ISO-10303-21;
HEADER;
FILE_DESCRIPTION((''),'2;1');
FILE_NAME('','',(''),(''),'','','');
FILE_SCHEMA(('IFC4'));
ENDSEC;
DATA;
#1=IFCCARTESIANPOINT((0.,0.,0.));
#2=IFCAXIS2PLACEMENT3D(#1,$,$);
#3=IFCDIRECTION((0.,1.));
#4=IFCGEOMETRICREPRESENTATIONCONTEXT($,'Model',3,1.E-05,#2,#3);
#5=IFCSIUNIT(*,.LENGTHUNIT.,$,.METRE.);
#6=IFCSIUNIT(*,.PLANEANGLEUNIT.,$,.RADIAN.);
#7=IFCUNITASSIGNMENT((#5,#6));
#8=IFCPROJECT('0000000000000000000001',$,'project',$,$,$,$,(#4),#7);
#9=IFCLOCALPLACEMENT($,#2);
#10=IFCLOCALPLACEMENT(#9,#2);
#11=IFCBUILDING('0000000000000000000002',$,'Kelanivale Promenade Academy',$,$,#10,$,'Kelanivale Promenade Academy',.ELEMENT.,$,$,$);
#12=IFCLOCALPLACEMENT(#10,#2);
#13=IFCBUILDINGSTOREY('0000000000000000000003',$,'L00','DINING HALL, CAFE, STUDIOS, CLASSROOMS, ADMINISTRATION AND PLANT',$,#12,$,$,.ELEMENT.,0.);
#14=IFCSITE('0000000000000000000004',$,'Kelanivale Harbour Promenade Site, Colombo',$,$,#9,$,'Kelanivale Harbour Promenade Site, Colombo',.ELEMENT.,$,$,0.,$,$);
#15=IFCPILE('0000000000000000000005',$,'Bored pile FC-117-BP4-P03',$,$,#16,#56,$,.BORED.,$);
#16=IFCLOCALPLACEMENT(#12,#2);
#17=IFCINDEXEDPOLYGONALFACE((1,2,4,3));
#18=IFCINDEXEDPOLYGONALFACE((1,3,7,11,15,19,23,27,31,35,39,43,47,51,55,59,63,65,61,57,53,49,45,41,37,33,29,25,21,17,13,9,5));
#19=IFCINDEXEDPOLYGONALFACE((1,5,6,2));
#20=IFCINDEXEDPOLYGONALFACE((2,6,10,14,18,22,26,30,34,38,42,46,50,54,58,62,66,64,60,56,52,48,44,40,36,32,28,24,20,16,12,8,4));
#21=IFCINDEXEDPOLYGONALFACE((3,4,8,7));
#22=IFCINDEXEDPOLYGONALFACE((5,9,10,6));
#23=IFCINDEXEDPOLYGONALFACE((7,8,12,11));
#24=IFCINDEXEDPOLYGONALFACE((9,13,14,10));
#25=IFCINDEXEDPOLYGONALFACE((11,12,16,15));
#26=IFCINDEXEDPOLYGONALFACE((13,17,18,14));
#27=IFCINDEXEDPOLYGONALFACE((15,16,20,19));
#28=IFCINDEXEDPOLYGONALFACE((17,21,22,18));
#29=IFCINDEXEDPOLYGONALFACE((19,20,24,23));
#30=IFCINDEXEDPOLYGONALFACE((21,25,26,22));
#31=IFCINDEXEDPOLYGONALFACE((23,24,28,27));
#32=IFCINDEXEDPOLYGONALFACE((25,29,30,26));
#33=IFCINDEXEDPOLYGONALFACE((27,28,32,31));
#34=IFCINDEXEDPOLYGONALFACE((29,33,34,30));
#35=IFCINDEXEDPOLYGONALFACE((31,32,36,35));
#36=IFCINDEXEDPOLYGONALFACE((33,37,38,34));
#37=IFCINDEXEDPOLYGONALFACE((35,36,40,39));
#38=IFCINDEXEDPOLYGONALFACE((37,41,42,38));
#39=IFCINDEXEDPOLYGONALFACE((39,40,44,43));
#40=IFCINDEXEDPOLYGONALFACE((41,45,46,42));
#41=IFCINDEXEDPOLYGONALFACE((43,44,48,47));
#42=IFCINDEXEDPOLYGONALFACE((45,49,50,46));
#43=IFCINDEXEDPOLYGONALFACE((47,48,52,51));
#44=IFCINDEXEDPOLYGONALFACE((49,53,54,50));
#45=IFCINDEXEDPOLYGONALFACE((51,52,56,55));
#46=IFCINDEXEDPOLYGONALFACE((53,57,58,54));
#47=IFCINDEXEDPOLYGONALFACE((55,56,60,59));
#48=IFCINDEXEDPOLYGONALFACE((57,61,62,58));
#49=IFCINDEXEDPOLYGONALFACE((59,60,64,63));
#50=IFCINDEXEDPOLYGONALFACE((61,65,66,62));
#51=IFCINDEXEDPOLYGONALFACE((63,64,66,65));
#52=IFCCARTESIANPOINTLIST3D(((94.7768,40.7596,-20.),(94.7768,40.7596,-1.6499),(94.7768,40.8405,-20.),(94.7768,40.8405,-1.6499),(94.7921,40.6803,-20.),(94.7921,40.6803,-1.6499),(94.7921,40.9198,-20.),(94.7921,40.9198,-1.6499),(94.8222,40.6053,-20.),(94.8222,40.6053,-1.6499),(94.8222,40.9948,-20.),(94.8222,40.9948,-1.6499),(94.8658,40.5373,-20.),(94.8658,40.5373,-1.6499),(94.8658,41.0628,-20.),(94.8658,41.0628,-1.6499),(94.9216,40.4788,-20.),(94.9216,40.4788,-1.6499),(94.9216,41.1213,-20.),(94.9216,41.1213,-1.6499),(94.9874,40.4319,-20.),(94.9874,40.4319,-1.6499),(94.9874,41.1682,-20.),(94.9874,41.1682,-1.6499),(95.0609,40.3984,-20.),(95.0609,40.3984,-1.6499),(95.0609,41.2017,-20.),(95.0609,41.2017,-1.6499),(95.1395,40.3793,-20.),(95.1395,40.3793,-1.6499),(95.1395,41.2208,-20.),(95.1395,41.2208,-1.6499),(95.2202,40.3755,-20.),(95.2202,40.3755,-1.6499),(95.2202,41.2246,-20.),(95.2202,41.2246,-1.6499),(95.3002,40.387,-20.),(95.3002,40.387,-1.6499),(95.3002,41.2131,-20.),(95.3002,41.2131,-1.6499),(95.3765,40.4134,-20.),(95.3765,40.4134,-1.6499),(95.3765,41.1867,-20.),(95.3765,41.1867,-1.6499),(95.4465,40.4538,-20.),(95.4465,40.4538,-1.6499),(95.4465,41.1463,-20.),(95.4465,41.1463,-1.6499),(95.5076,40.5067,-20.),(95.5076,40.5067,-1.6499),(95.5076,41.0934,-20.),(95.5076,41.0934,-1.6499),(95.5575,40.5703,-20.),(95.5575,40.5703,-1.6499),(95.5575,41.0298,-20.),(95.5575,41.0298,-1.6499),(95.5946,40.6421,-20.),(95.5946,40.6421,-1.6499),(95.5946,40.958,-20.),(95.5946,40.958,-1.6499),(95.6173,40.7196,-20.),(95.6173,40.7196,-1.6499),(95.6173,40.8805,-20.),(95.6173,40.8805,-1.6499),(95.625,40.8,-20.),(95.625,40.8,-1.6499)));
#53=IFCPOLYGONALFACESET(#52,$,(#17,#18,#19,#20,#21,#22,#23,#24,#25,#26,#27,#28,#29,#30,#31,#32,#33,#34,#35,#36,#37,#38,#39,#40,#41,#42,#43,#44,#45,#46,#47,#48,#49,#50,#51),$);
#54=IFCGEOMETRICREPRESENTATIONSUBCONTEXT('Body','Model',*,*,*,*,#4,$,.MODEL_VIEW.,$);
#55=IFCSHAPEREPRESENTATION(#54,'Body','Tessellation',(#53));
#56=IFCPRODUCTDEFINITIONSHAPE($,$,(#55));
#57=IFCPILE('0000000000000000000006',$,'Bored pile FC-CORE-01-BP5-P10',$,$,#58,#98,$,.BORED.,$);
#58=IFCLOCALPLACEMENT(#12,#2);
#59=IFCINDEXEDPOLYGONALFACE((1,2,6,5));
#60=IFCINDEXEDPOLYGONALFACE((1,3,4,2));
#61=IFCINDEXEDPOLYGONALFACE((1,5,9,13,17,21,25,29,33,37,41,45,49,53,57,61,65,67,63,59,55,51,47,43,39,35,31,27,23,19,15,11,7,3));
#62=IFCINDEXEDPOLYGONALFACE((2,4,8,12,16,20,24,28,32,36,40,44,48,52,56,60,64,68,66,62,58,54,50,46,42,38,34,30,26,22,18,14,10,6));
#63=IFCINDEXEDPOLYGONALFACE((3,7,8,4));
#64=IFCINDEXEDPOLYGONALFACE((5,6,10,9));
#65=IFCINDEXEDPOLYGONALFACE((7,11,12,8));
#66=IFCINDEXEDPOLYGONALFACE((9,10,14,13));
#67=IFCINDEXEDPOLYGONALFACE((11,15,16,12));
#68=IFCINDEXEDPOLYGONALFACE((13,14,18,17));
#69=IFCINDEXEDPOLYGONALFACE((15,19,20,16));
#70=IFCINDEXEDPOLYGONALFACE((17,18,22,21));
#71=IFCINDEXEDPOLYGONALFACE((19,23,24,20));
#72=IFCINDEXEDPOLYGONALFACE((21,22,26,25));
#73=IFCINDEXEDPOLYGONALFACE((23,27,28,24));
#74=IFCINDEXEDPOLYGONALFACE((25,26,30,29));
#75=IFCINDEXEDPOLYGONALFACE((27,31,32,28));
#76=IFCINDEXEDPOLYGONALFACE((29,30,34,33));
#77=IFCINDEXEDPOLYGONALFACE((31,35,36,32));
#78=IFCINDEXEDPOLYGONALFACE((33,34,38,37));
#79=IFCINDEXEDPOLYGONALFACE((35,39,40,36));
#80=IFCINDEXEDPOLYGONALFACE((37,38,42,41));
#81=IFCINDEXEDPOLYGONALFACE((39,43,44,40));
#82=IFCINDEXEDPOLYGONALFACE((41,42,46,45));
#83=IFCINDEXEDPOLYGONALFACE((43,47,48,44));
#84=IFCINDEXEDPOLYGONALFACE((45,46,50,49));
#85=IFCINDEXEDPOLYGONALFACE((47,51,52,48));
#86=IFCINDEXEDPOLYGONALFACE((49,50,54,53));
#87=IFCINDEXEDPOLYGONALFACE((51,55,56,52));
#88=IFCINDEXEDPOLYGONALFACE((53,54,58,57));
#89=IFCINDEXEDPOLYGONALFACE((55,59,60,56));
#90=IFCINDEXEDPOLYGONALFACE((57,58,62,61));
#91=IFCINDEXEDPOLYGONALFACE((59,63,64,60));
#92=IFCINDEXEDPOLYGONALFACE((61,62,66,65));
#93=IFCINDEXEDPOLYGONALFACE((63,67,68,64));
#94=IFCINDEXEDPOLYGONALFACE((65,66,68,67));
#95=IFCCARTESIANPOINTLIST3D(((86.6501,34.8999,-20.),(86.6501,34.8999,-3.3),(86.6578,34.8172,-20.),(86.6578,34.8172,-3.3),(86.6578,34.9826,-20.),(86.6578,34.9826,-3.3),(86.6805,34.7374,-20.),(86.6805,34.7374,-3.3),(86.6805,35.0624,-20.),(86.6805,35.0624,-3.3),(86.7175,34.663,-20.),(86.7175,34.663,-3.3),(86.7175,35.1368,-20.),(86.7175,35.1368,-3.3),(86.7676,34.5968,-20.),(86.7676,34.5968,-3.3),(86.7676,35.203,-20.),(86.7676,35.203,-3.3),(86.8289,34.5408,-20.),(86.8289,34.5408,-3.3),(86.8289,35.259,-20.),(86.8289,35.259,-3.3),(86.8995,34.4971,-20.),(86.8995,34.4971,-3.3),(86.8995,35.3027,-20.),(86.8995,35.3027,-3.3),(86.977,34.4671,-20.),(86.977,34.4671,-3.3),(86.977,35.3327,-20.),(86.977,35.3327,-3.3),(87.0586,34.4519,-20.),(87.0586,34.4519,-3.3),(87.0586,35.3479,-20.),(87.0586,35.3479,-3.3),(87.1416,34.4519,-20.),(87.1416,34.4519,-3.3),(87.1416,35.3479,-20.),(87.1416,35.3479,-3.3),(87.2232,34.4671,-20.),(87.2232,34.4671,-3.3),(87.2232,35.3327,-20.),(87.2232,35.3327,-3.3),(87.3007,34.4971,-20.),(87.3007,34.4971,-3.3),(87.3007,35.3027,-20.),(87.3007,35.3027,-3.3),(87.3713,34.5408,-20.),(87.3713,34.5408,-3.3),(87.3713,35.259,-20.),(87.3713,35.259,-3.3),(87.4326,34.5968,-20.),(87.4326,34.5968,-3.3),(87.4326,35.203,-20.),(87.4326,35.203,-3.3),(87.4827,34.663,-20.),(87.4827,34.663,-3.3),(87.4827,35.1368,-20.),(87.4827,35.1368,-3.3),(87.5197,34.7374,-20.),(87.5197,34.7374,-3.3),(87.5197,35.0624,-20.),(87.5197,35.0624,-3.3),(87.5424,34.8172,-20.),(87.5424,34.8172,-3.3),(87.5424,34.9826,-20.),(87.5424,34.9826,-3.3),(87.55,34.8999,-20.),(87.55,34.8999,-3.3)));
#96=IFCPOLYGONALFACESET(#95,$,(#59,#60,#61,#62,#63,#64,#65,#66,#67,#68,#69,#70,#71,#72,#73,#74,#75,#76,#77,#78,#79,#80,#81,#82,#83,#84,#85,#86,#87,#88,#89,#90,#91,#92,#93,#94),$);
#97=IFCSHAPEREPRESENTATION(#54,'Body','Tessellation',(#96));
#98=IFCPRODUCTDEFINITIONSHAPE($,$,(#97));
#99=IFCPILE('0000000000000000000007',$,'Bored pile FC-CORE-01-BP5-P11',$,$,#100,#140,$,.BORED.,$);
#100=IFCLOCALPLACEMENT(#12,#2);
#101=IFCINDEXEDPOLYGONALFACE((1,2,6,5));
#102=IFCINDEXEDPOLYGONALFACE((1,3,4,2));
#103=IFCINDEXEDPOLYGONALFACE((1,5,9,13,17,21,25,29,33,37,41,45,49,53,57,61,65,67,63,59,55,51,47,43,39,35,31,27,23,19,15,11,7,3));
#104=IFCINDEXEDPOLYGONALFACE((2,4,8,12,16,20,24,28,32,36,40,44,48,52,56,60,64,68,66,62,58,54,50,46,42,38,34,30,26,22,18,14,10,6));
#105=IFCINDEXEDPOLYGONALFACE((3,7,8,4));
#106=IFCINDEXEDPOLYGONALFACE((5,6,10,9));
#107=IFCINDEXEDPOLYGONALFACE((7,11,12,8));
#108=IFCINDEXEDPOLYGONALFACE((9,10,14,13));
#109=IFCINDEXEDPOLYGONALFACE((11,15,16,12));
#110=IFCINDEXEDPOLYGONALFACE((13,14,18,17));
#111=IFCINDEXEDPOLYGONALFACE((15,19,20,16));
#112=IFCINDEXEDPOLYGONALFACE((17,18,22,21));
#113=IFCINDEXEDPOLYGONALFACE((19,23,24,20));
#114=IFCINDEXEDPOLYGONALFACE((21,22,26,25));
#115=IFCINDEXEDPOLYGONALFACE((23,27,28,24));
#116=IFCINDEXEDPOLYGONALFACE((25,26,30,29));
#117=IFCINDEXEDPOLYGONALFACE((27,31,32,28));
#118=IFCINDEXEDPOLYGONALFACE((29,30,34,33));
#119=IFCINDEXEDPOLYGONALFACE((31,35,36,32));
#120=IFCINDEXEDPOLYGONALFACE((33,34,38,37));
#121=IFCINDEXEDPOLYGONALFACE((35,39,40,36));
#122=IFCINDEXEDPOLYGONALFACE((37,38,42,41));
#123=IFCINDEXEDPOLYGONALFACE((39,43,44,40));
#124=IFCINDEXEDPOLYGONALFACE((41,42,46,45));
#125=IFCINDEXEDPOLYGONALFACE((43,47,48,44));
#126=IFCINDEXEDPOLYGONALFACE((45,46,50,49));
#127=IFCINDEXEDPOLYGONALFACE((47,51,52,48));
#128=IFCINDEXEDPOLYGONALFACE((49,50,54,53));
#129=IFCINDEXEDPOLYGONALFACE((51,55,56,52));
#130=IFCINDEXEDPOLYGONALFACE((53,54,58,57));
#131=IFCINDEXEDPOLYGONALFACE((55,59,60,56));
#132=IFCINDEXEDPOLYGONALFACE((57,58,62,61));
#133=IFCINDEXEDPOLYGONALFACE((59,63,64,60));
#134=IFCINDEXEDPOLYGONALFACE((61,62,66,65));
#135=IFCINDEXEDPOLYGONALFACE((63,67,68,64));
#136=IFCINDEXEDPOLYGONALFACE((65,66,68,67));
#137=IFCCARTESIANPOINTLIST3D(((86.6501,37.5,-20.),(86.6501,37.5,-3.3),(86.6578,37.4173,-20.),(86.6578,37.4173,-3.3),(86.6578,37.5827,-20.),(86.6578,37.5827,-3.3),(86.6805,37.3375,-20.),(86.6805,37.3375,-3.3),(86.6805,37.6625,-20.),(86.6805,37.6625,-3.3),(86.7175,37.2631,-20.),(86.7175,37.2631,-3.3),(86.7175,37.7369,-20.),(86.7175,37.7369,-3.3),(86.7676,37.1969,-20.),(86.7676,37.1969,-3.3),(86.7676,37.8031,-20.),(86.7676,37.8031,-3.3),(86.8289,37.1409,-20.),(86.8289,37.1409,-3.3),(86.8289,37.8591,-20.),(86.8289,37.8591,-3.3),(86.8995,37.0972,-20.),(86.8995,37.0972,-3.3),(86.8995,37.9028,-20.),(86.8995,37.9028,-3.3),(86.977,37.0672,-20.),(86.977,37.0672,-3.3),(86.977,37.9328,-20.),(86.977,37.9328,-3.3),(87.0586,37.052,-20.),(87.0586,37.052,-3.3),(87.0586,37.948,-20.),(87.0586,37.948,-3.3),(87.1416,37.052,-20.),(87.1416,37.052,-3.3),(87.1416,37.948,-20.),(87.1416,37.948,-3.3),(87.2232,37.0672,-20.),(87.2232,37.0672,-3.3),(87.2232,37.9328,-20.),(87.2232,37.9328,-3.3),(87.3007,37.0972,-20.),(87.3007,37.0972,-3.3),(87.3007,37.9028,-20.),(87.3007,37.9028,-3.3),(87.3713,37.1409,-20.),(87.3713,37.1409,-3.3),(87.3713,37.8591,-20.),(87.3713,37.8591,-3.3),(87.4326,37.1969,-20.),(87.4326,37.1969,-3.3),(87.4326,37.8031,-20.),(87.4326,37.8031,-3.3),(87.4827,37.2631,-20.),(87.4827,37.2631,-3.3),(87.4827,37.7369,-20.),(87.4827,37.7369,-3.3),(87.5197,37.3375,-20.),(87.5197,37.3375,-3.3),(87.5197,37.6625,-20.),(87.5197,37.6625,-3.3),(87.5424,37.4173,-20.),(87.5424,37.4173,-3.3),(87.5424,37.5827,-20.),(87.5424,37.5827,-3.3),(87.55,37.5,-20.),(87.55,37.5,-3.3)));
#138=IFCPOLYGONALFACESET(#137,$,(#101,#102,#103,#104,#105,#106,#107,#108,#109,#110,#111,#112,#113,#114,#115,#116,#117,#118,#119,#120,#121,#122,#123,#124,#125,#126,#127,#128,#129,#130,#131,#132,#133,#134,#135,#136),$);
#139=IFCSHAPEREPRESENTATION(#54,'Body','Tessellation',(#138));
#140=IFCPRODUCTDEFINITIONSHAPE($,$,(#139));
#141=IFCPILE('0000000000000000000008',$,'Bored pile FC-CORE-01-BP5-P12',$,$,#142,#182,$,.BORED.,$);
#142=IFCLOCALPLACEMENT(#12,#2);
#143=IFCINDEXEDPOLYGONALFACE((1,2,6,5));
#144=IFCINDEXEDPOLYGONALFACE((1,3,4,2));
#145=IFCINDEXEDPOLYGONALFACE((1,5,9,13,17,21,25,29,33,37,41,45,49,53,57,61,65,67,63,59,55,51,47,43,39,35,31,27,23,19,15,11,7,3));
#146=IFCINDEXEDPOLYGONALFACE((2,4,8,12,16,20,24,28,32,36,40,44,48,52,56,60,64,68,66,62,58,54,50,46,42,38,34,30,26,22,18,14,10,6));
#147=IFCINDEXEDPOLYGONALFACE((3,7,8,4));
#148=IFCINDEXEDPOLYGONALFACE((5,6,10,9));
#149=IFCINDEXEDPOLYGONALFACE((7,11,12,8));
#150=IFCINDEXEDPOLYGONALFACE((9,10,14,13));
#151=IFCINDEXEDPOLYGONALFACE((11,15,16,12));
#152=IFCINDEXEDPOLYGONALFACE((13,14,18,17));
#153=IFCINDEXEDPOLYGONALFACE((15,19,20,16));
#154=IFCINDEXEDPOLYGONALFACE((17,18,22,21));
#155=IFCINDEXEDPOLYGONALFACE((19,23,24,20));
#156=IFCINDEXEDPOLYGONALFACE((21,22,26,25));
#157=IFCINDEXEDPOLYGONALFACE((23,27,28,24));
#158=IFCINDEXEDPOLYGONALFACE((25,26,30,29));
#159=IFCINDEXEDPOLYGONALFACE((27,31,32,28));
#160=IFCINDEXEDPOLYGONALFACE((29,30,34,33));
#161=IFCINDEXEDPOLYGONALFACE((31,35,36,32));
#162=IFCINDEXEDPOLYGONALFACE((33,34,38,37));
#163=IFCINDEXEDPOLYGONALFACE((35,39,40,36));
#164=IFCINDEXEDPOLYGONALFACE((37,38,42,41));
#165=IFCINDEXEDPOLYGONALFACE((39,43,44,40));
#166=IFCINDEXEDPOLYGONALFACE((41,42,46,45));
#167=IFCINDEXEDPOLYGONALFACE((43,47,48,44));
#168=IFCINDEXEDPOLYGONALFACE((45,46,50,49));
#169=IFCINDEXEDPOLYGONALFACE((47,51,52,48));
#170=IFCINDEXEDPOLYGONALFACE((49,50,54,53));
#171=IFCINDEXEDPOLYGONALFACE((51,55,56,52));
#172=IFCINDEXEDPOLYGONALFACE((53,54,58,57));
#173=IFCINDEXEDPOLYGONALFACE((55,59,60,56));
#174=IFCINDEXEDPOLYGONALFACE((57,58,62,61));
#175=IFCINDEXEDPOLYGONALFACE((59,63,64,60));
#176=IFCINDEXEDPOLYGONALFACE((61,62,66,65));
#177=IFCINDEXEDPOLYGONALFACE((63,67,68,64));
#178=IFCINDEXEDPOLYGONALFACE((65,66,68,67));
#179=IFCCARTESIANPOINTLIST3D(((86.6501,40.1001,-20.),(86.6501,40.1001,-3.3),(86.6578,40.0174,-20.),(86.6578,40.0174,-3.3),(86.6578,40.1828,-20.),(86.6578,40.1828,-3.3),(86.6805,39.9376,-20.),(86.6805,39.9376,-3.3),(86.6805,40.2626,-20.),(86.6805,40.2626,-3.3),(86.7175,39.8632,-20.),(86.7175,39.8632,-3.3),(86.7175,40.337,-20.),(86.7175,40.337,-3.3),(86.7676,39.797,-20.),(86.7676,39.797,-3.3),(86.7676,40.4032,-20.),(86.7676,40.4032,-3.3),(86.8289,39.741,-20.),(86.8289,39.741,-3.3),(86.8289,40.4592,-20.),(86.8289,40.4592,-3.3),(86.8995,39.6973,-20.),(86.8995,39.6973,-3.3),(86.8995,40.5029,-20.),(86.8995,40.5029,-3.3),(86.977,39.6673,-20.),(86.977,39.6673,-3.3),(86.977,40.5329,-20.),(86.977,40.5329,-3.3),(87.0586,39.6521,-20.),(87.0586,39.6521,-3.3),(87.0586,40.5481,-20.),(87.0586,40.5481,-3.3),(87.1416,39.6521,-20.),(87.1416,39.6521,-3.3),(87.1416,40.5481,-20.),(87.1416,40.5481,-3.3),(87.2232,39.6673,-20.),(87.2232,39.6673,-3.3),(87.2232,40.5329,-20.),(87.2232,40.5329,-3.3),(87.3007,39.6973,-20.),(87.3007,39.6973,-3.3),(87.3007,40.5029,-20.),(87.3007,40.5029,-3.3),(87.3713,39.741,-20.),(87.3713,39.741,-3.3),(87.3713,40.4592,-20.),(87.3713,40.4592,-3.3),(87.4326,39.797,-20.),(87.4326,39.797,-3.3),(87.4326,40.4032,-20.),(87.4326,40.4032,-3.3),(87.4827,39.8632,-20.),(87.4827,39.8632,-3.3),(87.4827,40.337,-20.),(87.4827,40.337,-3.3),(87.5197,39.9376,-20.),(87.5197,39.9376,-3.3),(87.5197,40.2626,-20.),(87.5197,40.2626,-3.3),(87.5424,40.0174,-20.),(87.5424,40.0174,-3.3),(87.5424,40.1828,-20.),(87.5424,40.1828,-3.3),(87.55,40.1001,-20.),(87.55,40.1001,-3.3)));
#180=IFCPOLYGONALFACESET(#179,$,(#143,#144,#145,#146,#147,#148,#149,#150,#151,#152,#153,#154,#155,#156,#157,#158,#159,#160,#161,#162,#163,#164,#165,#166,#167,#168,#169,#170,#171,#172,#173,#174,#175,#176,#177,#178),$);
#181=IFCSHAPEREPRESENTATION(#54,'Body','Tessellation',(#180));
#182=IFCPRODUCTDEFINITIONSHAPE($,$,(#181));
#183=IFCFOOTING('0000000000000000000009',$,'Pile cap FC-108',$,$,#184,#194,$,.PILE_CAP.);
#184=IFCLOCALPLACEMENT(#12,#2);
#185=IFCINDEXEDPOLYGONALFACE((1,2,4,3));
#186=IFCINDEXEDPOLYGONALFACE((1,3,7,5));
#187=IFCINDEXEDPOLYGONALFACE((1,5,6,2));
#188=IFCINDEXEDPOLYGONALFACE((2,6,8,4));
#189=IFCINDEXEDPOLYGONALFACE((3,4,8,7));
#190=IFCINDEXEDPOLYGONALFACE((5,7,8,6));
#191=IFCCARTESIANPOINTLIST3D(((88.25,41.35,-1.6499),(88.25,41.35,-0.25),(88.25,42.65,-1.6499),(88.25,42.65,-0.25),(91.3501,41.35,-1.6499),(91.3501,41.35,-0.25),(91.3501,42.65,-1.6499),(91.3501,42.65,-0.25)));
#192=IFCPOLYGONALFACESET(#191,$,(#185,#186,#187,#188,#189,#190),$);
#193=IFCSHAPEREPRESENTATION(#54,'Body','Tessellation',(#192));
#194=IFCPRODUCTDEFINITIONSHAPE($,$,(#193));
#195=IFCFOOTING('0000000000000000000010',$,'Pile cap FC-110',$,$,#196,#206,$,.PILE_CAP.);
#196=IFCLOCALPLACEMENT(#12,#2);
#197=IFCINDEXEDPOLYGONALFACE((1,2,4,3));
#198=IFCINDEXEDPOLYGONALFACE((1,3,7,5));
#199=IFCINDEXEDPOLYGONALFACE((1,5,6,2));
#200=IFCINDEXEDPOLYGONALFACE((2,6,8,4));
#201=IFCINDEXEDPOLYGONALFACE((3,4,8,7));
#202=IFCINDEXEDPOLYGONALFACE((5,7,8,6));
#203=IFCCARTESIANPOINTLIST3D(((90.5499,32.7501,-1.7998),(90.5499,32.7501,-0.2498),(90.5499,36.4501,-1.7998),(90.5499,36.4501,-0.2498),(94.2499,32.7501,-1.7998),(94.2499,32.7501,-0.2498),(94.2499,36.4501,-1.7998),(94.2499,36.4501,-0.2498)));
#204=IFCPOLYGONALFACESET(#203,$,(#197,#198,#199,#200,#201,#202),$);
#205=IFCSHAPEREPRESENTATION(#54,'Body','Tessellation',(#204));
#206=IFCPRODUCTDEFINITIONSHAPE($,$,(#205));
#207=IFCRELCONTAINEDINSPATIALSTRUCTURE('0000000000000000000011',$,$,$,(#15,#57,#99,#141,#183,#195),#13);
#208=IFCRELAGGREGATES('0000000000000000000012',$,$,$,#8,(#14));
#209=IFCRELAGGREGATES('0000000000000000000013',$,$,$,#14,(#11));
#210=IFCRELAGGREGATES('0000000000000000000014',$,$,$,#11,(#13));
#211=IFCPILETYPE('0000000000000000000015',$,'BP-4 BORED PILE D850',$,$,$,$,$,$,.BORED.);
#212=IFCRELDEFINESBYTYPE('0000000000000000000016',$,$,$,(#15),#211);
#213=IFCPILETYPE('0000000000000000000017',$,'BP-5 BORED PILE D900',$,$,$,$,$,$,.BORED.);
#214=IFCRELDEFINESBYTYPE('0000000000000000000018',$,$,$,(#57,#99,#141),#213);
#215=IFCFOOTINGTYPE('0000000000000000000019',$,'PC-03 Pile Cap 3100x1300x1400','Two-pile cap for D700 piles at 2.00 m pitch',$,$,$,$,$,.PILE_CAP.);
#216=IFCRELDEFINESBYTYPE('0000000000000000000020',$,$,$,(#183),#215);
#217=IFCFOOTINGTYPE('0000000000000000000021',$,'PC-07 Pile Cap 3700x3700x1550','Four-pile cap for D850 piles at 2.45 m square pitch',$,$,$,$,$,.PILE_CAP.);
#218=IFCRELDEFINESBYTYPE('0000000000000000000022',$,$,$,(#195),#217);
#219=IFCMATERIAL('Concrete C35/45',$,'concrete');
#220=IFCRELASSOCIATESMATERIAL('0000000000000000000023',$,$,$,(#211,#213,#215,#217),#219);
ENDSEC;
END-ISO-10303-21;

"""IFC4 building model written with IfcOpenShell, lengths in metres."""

from ifc_helpers import new_model, si_unit, direction, frame, origin, origin_2d, place, context, subcontext, project, spatial, rectangle, circle, extrude, material, material_profile, profile_set, type_object, element, save


model = new_model("IFC4")

# Units and contexts
model_context = context("Model", 3, precision=1e-05, world=origin(), true_north=direction((0.0, 1.0)))
body_context = subcontext(model_context, "Body", "Model", "MODEL_VIEW")
ifc_project = project(units=[si_unit("LENGTHUNIT", "METRE"), si_unit("PLANEANGLEUNIT", "RADIAN")], contexts=[model_context])

# Site, building, storey
site_placement = place(None, origin())
site = spatial("IfcSite", under=ifc_project, at=site_placement, Name="Kelanivale Harbour Promenade Site, Colombo", LongName="Kelanivale Harbour Promenade Site, Colombo", CompositionType="ELEMENT", RefElevation=0.0)
building_placement = place(site_placement, origin())
building = spatial("IfcBuilding", under=site, at=building_placement, Name="Kelanivale Promenade Academy", LongName="Kelanivale Promenade Academy", CompositionType="ELEMENT")
storey_placement = place(building_placement, origin())
storey = spatial("IfcBuildingStorey", under=building, at=storey_placement, Name="L00", Description="DINING HALL, CAFE, STUDIOS, CLASSROOMS, ADMINISTRATION AND PLANT", CompositionType="ELEMENT", Elevation=0.0)

# Piles
ifc_material_1 = material(Name="Concrete C35/45", Category="concrete")
ifc_material_profile_1 = material_profile(ifc_material_1, circle(Radius=0.425, at=origin_2d()), Name="BORED PILE D850")
ifc_profile_set_1 = profile_set([ifc_material_profile_1], Name="Concrete C35/45")
pile_type_1 = type_object("IfcPileType", Name="BP-4 BORED PILE D850", PredefinedType="BORED", material=ifc_profile_set_1)
for number, where, z_axis, x_axis, name in (
    (1, (95.2, 40.8, -1.6499), (0.0, 0.0, -1.0), (1.0, 0.0, 0.0), "Bored pile FC-117-BP4-P03"),
):
    element("IfcPile", number, at=place(storey_placement, frame(where, z_axis=z_axis, x_axis=x_axis)), inside=storey, type_object=pile_type_1, Name=name, PredefinedType="BORED", context=body_context, shape_type="SweptSolid", body=[
        extrude(circle(Radius=0.425, at=origin_2d()), origin(), (0.0, 0.0, 1.0), 18.3501),
    ])
ifc_material_profile_2 = material_profile(ifc_material_1, circle(Radius=0.45, at=origin_2d()), Name="BORED PILE D900")
ifc_profile_set_2 = profile_set([ifc_material_profile_2], Name="Concrete C35/45")
pile_type_2 = type_object("IfcPileType", Name="BP-5 BORED PILE D900", PredefinedType="BORED", material=ifc_profile_set_2)
for number, where, z_axis, x_axis, name in (
    (2, (87.1001, 34.8999, -3.3), (0.0, 0.0, -1.0), (1.0, 0.0, 0.0), "Bored pile FC-CORE-01-BP5-P10"),
    (3, (87.1001, 37.5, -3.3), (0.0, 0.0, -1.0), (1.0, 0.0, 0.0), "Bored pile FC-CORE-01-BP5-P11"),
    (4, (87.1001, 40.1001, -3.3), (0.0, 0.0, -1.0), (1.0, 0.0, 0.0), "Bored pile FC-CORE-01-BP5-P12"),
):
    element("IfcPile", number, at=place(storey_placement, frame(where, z_axis=z_axis, x_axis=x_axis)), inside=storey, type_object=pile_type_2, Name=name, PredefinedType="BORED", context=body_context, shape_type="SweptSolid", body=[
        extrude(circle(Radius=0.45, at=origin_2d()), origin(), (0.0, 0.0, 1.0), 16.7),
    ])

# Footings
footing_type_1 = type_object("IfcFootingType", Name="PC-03 Pile Cap 3100x1300x1400", Description="Two-pile cap for D700 piles at 2.00 m pitch", PredefinedType="PILE_CAP", material=ifc_material_1)
footing_1_placement = place(storey_placement, frame((89.8, 42.0, -1.6499), z_axis=(0.0, 0.0, 1.0), x_axis=(1.0, 0.0, 0.0)))
element("IfcFooting", 5, at=footing_1_placement, inside=storey, type_object=footing_type_1, Name="Pile cap FC-108", PredefinedType="PILE_CAP", context=body_context, shape_type="SweptSolid", body=[
    extrude(rectangle(XDim=3.1001, YDim=1.3, at=origin_2d()), origin(), (0.0, 0.0, 1.0), 1.3999),
])
footing_type_2 = type_object("IfcFootingType", Name="PC-07 Pile Cap 3700x3700x1550", Description="Four-pile cap for D850 piles at 2.45 m square pitch", PredefinedType="PILE_CAP", material=ifc_material_1)
footing_2_placement = place(storey_placement, frame((92.3999, 34.6001, -1.7998), z_axis=(0.0, 0.0, 1.0), x_axis=(1.0, 0.0, 0.0)))
element("IfcFooting", 6, at=footing_2_placement, inside=storey, type_object=footing_type_2, Name="Pile cap FC-110", PredefinedType="PILE_CAP", context=body_context, shape_type="SweptSolid", body=[
    extrude(rectangle(XDim=3.7, YDim=3.7, at=origin_2d()), origin(), (0.0, 0.0, 1.0), 1.55),
])

save(model, "model.ifc")
